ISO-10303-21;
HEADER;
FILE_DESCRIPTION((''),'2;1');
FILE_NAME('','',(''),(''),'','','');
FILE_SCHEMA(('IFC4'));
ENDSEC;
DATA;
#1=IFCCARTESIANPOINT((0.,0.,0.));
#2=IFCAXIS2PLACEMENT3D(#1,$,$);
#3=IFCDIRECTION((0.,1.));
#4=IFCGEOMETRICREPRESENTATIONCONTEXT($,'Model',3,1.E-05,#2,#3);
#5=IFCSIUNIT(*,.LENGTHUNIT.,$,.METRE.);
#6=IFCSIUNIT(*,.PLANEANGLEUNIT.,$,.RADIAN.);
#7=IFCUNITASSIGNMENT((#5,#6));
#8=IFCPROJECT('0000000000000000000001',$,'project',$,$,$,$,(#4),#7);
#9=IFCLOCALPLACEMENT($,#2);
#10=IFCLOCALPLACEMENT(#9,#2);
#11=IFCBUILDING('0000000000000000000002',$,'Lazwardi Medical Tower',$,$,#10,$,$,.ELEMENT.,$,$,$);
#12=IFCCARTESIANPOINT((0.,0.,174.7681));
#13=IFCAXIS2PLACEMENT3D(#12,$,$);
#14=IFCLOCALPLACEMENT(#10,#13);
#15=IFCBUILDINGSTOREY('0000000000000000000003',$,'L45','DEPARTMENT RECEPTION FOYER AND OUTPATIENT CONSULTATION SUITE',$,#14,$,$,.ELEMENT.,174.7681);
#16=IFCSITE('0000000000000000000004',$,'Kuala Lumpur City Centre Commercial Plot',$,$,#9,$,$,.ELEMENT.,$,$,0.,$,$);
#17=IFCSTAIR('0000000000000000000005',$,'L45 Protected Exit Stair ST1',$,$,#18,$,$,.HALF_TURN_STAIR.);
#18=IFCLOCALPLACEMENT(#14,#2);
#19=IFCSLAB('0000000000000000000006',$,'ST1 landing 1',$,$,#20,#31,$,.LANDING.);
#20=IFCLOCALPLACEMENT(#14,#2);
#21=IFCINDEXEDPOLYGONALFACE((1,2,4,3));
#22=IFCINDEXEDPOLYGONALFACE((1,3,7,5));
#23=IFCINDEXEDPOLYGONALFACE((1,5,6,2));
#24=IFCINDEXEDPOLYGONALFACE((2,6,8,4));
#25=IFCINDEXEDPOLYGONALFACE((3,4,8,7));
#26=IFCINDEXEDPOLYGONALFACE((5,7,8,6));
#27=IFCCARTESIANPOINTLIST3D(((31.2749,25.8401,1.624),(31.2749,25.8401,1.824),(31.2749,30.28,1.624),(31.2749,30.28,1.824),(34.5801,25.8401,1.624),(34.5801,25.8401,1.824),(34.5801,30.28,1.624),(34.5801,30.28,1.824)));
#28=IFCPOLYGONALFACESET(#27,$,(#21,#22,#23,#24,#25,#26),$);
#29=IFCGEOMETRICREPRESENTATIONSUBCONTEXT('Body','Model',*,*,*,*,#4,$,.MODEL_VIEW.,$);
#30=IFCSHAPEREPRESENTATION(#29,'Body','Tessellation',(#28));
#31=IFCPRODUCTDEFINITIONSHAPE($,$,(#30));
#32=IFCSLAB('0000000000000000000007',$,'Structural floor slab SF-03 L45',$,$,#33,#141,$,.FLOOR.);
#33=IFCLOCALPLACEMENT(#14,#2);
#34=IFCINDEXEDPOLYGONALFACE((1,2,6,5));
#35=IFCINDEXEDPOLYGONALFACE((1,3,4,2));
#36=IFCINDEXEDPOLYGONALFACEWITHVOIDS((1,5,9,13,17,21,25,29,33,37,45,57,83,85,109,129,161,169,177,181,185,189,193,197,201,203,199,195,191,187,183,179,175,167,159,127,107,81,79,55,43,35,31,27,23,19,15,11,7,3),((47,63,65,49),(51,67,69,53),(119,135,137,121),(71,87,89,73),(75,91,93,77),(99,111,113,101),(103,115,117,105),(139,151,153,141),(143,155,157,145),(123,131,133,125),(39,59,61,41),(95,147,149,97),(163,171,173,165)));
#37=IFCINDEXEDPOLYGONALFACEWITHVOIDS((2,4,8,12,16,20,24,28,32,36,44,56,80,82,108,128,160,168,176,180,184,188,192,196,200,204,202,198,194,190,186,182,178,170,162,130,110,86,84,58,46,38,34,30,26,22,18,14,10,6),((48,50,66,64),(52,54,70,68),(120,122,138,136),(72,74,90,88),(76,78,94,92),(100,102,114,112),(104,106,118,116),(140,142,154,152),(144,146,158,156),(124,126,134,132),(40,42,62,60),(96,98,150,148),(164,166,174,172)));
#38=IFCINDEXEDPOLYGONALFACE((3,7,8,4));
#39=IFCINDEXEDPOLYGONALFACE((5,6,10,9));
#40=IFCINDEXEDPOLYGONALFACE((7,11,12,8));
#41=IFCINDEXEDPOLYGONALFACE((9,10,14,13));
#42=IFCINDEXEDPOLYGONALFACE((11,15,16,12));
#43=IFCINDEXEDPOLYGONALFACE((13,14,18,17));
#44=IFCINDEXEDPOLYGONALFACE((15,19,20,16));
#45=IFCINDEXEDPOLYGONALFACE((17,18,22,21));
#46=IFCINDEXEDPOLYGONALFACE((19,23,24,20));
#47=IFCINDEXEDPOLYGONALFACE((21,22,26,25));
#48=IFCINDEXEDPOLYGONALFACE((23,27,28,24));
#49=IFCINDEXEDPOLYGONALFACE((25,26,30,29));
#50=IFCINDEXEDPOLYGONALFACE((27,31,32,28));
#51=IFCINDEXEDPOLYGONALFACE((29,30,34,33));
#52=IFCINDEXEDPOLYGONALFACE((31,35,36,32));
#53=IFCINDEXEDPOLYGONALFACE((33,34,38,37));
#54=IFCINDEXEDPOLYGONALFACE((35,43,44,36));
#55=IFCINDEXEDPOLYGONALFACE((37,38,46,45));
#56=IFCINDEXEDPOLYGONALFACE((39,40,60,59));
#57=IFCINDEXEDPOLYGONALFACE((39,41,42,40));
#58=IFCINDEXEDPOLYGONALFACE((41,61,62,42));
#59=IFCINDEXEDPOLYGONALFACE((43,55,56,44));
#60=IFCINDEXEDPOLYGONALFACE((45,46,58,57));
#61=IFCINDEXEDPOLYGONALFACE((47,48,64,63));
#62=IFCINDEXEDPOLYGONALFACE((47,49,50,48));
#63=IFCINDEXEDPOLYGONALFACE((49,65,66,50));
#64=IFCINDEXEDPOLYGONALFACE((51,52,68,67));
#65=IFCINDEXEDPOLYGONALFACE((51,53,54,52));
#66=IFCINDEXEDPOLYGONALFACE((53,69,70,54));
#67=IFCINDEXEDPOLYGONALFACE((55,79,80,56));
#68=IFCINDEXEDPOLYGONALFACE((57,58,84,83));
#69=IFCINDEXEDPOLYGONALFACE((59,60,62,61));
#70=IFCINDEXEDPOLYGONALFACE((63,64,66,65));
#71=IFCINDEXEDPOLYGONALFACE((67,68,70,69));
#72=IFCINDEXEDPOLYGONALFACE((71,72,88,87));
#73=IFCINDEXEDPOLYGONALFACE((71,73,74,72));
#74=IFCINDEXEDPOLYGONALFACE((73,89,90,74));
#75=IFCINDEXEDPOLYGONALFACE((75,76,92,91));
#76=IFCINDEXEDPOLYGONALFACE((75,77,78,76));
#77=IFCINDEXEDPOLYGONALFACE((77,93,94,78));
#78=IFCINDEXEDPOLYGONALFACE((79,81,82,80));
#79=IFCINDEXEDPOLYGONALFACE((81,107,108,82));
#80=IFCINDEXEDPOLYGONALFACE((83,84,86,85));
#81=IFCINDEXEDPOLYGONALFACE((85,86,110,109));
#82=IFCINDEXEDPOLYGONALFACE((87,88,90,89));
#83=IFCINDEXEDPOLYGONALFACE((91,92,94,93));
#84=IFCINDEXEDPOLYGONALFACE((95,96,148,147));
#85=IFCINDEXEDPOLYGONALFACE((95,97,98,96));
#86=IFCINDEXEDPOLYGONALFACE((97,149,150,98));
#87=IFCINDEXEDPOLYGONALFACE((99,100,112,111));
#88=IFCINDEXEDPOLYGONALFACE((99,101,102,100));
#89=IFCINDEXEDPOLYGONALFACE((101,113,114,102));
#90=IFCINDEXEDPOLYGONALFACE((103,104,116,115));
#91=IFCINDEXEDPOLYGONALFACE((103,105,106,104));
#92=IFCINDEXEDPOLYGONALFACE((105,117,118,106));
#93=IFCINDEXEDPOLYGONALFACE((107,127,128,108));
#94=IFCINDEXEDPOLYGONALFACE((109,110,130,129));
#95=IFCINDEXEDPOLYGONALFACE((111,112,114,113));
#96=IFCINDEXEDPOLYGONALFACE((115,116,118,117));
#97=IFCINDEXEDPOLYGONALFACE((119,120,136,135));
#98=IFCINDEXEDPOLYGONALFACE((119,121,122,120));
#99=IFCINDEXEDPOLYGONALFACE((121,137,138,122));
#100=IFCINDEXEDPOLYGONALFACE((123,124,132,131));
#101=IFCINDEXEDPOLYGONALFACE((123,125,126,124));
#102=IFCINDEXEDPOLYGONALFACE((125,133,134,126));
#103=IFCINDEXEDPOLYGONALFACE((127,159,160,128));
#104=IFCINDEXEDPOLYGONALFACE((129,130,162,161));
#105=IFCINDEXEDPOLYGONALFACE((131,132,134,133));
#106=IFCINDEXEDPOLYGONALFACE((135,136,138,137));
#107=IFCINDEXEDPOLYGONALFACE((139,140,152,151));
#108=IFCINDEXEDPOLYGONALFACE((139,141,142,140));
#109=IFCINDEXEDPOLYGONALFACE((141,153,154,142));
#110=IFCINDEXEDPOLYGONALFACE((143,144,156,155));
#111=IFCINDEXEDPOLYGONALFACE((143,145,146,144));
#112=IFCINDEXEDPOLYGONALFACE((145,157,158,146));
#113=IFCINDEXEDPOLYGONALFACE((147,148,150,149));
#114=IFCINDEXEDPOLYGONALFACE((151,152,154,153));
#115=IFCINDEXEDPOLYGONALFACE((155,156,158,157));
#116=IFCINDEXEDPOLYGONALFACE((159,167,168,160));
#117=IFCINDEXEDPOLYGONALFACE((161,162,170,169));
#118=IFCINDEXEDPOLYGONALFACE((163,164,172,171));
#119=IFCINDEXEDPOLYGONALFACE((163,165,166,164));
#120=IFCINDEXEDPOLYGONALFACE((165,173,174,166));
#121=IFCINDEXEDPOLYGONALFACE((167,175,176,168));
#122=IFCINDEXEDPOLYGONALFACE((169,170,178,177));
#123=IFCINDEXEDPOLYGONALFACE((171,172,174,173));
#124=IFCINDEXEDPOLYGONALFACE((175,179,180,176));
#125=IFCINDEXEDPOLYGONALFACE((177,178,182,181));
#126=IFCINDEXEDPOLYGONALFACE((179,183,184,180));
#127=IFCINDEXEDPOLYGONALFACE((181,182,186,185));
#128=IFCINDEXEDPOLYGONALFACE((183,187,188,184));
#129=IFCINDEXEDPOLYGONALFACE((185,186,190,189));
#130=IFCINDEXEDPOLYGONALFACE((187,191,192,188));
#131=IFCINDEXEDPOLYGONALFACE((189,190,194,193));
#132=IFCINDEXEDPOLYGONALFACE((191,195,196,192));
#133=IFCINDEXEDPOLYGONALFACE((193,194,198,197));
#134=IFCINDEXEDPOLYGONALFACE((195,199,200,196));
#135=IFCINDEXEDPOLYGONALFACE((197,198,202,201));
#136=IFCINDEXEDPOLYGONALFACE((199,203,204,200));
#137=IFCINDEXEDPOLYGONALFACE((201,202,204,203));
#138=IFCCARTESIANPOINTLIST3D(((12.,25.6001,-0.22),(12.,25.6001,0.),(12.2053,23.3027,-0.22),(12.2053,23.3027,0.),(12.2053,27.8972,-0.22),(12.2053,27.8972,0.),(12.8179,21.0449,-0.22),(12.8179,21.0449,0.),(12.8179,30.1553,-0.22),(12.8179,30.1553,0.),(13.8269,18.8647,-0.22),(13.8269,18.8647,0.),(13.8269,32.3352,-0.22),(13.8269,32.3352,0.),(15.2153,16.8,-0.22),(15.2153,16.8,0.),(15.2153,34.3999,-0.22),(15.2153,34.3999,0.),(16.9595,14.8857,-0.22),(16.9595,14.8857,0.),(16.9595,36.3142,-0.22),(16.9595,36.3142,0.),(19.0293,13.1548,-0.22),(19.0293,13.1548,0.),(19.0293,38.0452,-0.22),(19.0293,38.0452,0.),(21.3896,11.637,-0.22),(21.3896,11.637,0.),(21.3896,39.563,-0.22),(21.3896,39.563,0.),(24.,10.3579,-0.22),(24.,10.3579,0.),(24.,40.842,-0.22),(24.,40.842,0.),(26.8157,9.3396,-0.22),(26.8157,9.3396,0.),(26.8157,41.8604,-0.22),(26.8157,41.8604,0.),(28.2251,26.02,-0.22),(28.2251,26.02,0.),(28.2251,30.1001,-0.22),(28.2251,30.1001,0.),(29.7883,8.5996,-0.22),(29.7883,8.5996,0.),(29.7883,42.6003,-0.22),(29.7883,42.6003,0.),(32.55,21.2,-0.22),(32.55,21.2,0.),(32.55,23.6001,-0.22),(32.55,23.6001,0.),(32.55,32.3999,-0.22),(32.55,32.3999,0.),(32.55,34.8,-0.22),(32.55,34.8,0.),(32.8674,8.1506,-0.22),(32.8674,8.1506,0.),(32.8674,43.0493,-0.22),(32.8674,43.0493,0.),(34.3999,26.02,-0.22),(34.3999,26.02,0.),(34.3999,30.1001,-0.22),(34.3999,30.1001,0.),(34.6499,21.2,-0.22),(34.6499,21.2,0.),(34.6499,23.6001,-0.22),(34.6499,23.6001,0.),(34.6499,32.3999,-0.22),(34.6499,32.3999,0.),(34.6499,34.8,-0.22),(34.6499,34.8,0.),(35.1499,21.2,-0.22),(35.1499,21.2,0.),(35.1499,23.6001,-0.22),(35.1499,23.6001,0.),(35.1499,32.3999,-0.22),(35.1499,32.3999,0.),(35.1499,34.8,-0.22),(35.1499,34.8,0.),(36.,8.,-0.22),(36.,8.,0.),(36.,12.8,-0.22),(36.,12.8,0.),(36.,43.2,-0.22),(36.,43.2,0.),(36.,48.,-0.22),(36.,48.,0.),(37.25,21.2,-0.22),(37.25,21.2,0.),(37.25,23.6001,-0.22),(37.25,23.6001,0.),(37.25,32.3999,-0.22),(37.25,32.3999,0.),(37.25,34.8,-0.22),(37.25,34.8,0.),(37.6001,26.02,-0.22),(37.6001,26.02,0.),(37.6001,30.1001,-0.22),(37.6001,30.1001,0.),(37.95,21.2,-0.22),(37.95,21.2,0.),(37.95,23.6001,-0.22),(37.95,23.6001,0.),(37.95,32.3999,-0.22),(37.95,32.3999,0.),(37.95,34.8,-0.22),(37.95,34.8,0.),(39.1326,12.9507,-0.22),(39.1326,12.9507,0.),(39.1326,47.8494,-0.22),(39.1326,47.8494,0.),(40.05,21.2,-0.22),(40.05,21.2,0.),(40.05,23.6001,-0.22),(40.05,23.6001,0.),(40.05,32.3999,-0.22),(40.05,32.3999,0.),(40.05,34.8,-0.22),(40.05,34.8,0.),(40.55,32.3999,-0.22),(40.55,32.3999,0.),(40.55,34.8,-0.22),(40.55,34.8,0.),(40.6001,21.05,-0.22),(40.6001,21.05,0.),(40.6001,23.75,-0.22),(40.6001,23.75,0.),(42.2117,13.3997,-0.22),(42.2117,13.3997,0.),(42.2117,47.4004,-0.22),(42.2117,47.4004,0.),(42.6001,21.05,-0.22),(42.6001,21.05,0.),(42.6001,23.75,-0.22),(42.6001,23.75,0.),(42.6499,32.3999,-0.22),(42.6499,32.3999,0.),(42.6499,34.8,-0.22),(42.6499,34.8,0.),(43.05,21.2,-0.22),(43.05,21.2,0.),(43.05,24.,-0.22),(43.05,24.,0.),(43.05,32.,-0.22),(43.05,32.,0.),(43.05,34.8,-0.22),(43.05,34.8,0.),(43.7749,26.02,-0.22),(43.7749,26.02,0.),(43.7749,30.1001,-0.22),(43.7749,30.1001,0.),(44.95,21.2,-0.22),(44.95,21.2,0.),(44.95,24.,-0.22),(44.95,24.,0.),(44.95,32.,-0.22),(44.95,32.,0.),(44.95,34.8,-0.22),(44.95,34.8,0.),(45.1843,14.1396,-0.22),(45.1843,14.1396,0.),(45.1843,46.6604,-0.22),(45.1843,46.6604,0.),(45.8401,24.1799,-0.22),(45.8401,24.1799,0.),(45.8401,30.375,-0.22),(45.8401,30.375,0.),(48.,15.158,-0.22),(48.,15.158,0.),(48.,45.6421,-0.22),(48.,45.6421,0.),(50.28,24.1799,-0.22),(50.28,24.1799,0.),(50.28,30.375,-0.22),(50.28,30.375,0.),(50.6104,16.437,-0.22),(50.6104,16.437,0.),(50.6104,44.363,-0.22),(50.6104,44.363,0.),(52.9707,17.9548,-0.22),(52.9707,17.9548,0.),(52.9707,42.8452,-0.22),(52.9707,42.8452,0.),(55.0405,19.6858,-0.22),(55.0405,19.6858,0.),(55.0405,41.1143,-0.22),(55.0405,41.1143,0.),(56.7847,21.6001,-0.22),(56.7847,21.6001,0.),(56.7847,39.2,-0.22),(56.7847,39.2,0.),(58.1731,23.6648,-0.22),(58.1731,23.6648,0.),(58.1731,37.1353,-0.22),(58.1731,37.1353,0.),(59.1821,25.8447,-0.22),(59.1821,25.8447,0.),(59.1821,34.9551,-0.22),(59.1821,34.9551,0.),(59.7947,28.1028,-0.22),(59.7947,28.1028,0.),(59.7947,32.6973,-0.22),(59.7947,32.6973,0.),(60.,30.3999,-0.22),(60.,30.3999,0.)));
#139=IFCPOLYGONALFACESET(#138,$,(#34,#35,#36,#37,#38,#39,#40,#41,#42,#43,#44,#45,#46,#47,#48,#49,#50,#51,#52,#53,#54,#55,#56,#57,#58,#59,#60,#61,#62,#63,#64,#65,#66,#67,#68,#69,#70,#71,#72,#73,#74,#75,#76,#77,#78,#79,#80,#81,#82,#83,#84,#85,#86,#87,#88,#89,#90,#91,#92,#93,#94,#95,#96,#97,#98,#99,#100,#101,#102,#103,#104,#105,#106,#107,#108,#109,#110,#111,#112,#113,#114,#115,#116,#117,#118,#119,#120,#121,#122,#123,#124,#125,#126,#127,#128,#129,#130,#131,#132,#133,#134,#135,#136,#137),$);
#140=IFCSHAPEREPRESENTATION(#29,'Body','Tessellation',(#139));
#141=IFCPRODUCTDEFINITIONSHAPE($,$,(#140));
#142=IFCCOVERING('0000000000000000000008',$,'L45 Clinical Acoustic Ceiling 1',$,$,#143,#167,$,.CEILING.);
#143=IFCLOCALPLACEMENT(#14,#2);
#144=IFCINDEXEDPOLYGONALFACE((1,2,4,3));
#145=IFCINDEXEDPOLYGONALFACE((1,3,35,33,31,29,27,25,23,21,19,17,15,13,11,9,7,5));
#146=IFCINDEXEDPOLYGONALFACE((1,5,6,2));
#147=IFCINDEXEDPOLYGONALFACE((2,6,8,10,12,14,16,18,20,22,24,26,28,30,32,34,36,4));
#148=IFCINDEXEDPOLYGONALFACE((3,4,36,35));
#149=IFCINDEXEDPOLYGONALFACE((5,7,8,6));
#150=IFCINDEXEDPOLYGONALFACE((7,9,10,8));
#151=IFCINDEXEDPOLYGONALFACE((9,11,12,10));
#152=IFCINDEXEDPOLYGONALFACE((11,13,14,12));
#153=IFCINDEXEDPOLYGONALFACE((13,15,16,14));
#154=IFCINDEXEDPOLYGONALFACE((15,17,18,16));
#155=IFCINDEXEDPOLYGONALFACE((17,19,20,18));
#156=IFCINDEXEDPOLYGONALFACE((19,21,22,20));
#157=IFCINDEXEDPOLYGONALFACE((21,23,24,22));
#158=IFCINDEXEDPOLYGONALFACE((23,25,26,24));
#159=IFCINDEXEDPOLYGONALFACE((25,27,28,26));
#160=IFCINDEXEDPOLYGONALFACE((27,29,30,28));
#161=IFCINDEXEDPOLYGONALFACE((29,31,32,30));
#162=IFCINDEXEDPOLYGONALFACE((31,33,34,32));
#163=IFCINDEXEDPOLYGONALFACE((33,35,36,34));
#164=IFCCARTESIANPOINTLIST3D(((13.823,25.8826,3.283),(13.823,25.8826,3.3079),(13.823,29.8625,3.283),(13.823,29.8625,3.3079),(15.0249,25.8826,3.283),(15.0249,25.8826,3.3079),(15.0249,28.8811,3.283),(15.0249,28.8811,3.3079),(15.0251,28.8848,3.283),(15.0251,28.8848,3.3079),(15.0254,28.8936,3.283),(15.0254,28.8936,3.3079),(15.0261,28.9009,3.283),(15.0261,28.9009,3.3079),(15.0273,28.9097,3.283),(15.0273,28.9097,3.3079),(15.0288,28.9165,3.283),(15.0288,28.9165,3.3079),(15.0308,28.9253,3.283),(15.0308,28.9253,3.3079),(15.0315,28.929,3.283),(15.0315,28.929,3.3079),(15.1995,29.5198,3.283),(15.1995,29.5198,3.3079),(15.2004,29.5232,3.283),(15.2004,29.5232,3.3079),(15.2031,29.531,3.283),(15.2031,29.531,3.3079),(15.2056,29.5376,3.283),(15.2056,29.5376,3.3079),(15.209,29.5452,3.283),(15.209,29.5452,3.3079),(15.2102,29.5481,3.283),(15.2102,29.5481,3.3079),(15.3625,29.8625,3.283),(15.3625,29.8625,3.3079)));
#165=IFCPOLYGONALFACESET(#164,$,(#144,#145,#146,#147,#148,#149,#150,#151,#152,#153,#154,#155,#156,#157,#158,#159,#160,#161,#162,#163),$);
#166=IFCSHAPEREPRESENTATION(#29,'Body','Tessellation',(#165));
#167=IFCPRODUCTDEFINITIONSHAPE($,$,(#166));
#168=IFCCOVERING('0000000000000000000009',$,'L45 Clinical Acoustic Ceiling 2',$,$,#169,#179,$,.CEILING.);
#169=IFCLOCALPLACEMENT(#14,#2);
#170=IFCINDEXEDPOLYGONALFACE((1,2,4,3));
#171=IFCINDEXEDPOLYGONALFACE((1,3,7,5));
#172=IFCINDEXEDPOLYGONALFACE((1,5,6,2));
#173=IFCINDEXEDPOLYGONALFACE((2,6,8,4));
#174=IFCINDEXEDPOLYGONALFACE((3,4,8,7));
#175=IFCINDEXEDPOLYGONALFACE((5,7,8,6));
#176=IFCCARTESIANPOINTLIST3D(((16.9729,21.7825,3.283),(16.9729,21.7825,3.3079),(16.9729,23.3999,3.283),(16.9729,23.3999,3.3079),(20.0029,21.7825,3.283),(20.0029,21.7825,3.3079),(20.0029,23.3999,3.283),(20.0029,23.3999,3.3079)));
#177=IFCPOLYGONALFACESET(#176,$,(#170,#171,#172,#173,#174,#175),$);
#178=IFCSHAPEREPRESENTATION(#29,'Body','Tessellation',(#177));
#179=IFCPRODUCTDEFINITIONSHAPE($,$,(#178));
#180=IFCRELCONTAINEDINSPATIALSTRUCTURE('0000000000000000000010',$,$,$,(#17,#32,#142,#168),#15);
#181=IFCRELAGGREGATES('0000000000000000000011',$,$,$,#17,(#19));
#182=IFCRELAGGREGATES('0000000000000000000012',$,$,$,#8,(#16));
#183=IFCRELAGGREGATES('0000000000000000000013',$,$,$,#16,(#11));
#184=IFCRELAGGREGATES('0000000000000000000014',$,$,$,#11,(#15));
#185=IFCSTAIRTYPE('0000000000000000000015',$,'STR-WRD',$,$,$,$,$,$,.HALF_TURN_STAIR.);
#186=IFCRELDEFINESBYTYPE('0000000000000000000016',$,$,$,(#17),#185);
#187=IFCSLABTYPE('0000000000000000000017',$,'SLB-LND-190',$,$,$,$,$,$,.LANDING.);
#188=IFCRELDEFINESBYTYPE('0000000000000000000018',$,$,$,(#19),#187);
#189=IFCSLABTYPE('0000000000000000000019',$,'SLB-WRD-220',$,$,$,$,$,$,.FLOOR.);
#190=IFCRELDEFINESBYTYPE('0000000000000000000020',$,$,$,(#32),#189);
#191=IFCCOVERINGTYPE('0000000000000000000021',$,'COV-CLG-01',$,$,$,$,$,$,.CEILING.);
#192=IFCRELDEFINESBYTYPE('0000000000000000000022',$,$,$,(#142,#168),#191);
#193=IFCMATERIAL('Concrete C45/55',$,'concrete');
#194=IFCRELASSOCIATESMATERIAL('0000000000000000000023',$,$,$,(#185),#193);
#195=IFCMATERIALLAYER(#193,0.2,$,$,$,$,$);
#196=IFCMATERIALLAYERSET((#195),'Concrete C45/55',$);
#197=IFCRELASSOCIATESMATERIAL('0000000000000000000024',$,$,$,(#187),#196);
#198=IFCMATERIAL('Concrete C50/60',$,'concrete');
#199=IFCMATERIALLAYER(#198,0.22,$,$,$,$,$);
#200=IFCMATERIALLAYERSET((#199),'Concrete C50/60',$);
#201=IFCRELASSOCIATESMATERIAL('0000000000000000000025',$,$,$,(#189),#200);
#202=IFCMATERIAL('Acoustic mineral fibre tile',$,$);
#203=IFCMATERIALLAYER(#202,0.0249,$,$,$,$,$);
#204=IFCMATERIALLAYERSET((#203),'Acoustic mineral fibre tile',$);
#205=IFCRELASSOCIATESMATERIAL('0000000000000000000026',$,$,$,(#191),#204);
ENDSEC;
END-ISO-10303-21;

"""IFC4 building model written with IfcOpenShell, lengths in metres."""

from ifc_helpers import new_model, si_unit, direction, frame, origin, place, context, subcontext, project, spatial, polyline, outline, extrude, material, layer, layer_set, type_object, element, aggregate, save


model = new_model("IFC4")

# Units and contexts
model_context = context("Model", 3, precision=1e-05, world=origin(), true_north=direction((0.0, 1.0)))
body_context = subcontext(model_context, "Body", "Model", "MODEL_VIEW")
ifc_project = project(units=[si_unit("LENGTHUNIT", "METRE"), si_unit("PLANEANGLEUNIT", "RADIAN")], contexts=[model_context])

# Site, building, storey
site_placement = place(None, origin())
site = spatial("IfcSite", under=ifc_project, at=site_placement, Name="Kuala Lumpur City Centre Commercial Plot", CompositionType="ELEMENT", RefElevation=0.0)
building_placement = place(site_placement, origin())
building = spatial("IfcBuilding", under=site, at=building_placement, Name="Lazwardi Medical Tower", CompositionType="ELEMENT")
storey_placement = place(building_placement, frame((0.0, 0.0, 174.7681)))
storey = spatial("IfcBuildingStorey", under=building, at=storey_placement, Name="L45", Description="DEPARTMENT RECEPTION FOYER AND OUTPATIENT CONSULTATION SUITE", CompositionType="ELEMENT", Elevation=174.7681)

# Stair, slab
ifc_material_1 = material(Name="Concrete C45/55", Category="concrete")
stair_type = type_object("IfcStairType", Name="STR-WRD", PredefinedType="HALF_TURN_STAIR", material=ifc_material_1)
stair_placement = place(storey_placement, origin())
stair = element("IfcStair", 1, at=stair_placement, inside=storey, type_object=stair_type, Name="L45 Protected Exit Stair ST1", PredefinedType="HALF_TURN_STAIR")
ifc_layer_1 = layer(ifc_material_1, 0.2)
ifc_layer_set_1 = layer_set([ifc_layer_1], Name="Concrete C45/55")
slab_type_1 = type_object("IfcSlabType", Name="SLB-LND-190", PredefinedType="LANDING", material=ifc_layer_set_1)
slab_1_placement = place(storey_placement, frame((0.0, 0.0, 1.624)))
slab_1 = element("IfcSlab", 2, at=slab_1_placement, type_object=slab_type_1, Name="ST1 landing 1", PredefinedType="LANDING", context=body_context, shape_type="SweptSolid", body=[
    extrude(outline(polyline([(31.2749, 25.8401), (34.5801, 25.8401), (34.5801, 30.28), (31.2749, 30.28), (31.2749, 25.8401)])), origin(), (0.0, 0.0, 1.0), 0.2),
])
aggregate(stair, [slab_1])

# Slab
ifc_material_2 = material(Name="Concrete C50/60", Category="concrete")
ifc_layer_2 = layer(ifc_material_2, 0.22)
ifc_layer_set_2 = layer_set([ifc_layer_2], Name="Concrete C50/60")
slab_type_2 = type_object("IfcSlabType", Name="SLB-WRD-220", PredefinedType="FLOOR", material=ifc_layer_set_2)
slab_2_placement = place(storey_placement, frame((0.0, 0.0, -0.22)))
element("IfcSlab", 3, at=slab_2_placement, inside=storey, type_object=slab_type_2, Name="Structural floor slab SF-03 L45", PredefinedType="FLOOR", context=body_context, shape_type="SweptSolid", body=[
    extrude(outline(polyline([(12.2053, 23.3027), (12.8179, 21.0449), (13.8269, 18.8647), (15.2153, 16.8), (16.9595, 14.8857), (19.0293, 13.1548), (21.3896, 11.637), (24.0, 10.3579), (26.8157, 9.3396), (29.7883, 8.5996), (32.8674, 8.1506), (36.0, 8.0), (36.0, 12.8), (39.1326, 12.9507), (42.2117, 13.3997), (45.1843, 14.1396), (48.0, 15.158), (50.6104, 16.437), (52.9707, 17.9548), (55.0405, 19.6858), (56.7847, 21.6001), (58.1731, 23.6648), (59.1821, 25.8447), (59.7947, 28.1028), (60.0, 30.3999), (59.7947, 32.6973), (59.1821, 34.9551), (58.1731, 37.1353), (56.7847, 39.2), (55.0405, 41.1143), (52.9707, 42.8452), (50.6104, 44.363), (48.0, 45.6421), (45.1843, 46.6604), (42.2117, 47.4004), (39.1326, 47.8494), (36.0, 48.0), (36.0, 43.2), (32.8674, 43.0493), (29.7883, 42.6003), (26.8157, 41.8604), (24.0, 40.842), (21.3896, 39.563), (19.0293, 38.0452), (16.9595, 36.3142), (15.2153, 34.3999), (13.8269, 32.3352), (12.8179, 30.1553), (12.2053, 27.8972), (12.0, 25.6001), (12.2053, 23.3027)]), holes=[polyline([(28.2251, 26.02), (28.2251, 30.1001), (34.3999, 30.1001), (34.3999, 26.02), (28.2251, 26.02)]), polyline([(37.6001, 30.1001), (43.7749, 30.1001), (43.7749, 26.02), (37.6001, 26.02), (37.6001, 30.1001)]), polyline([(50.28, 30.375), (50.28, 24.1799), (45.8401, 24.1799), (45.8401, 30.375), (50.28, 30.375)]), polyline([(34.6499, 32.3999), (32.55, 32.3999), (32.55, 34.8), (34.6499, 34.8), (34.6499, 32.3999)]), polyline([(35.1499, 32.3999), (35.1499, 34.8), (37.25, 34.8), (37.25, 32.3999), (35.1499, 32.3999)]), polyline([(32.55, 23.6001), (34.6499, 23.6001), (34.6499, 21.2), (32.55, 21.2), (32.55, 23.6001)]), polyline([(37.25, 23.6001), (37.25, 21.2), (35.1499, 21.2), (35.1499, 23.6001), (37.25, 23.6001)]), polyline([(40.05, 32.3999), (37.95, 32.3999), (37.95, 34.8), (40.05, 34.8), (40.05, 32.3999)]), polyline([(40.55, 32.3999), (40.55, 34.8), (42.6499, 34.8), (42.6499, 32.3999), (40.55, 32.3999)]), polyline([(37.95, 23.6001), (40.05, 23.6001), (40.05, 21.2), (37.95, 21.2), (37.95, 23.6001)]), polyline([(44.95, 34.8), (44.95, 32.0), (43.05, 32.0), (43.05, 34.8), (44.95, 34.8)]), polyline([(44.95, 21.2), (43.05, 21.2), (43.05, 24.0), (44.95, 24.0), (44.95, 21.2)]), polyline([(40.6001, 21.05), (40.6001, 23.75), (42.6001, 23.75), (42.6001, 21.05), (40.6001, 21.05)])]), origin(), (0.0, 0.0, 1.0), 0.22),
])

# Coverings
ifc_material_3 = material(Name="Acoustic mineral fibre tile")
ifc_layer_3 = layer(ifc_material_3, 0.0249)
ifc_layer_set_3 = layer_set([ifc_layer_3], Name="Acoustic mineral fibre tile")
covering_type_1 = type_object("IfcCoveringType", Name="COV-CLG-01", PredefinedType="CEILING", material=ifc_layer_set_3)
covering_1_placement = place(storey_placement, frame((0.0, 0.0, 3.283)))
element("IfcCovering", 4, at=covering_1_placement, inside=storey, type_object=covering_type_1, Name="L45 Clinical Acoustic Ceiling 1", PredefinedType="CEILING", context=body_context, shape_type="SweptSolid", body=[
    extrude(outline(polyline([(15.0249, 25.8826), (15.0249, 28.8811), (15.0251, 28.8848), (15.0254, 28.8936), (15.0261, 28.9009), (15.0273, 28.9097), (15.0288, 28.9165), (15.0308, 28.9253), (15.0315, 28.929), (15.1995, 29.5198), (15.2004, 29.5232), (15.2031, 29.531), (15.2056, 29.5376), (15.209, 29.5452), (15.2102, 29.5481), (15.3625, 29.8625), (13.823, 29.8625), (13.823, 25.8826), (15.0249, 25.8826)])), origin(), (0.0, 0.0, 1.0), 0.0249),
])
covering_2_placement = place(storey_placement, frame((0.0, 0.0, 3.283)))
element("IfcCovering", 5, at=covering_2_placement, inside=storey, type_object=covering_type_1, Name="L45 Clinical Acoustic Ceiling 2", PredefinedType="CEILING", context=body_context, shape_type="SweptSolid", body=[
    extrude(outline(polyline([(20.0029, 23.3999), (16.9729, 23.3999), (16.9729, 21.7825), (20.0029, 21.7825), (20.0029, 23.3999)])), origin(), (0.0, 0.0, 1.0), 0.0249),
])

save(model, "model.ifc")
